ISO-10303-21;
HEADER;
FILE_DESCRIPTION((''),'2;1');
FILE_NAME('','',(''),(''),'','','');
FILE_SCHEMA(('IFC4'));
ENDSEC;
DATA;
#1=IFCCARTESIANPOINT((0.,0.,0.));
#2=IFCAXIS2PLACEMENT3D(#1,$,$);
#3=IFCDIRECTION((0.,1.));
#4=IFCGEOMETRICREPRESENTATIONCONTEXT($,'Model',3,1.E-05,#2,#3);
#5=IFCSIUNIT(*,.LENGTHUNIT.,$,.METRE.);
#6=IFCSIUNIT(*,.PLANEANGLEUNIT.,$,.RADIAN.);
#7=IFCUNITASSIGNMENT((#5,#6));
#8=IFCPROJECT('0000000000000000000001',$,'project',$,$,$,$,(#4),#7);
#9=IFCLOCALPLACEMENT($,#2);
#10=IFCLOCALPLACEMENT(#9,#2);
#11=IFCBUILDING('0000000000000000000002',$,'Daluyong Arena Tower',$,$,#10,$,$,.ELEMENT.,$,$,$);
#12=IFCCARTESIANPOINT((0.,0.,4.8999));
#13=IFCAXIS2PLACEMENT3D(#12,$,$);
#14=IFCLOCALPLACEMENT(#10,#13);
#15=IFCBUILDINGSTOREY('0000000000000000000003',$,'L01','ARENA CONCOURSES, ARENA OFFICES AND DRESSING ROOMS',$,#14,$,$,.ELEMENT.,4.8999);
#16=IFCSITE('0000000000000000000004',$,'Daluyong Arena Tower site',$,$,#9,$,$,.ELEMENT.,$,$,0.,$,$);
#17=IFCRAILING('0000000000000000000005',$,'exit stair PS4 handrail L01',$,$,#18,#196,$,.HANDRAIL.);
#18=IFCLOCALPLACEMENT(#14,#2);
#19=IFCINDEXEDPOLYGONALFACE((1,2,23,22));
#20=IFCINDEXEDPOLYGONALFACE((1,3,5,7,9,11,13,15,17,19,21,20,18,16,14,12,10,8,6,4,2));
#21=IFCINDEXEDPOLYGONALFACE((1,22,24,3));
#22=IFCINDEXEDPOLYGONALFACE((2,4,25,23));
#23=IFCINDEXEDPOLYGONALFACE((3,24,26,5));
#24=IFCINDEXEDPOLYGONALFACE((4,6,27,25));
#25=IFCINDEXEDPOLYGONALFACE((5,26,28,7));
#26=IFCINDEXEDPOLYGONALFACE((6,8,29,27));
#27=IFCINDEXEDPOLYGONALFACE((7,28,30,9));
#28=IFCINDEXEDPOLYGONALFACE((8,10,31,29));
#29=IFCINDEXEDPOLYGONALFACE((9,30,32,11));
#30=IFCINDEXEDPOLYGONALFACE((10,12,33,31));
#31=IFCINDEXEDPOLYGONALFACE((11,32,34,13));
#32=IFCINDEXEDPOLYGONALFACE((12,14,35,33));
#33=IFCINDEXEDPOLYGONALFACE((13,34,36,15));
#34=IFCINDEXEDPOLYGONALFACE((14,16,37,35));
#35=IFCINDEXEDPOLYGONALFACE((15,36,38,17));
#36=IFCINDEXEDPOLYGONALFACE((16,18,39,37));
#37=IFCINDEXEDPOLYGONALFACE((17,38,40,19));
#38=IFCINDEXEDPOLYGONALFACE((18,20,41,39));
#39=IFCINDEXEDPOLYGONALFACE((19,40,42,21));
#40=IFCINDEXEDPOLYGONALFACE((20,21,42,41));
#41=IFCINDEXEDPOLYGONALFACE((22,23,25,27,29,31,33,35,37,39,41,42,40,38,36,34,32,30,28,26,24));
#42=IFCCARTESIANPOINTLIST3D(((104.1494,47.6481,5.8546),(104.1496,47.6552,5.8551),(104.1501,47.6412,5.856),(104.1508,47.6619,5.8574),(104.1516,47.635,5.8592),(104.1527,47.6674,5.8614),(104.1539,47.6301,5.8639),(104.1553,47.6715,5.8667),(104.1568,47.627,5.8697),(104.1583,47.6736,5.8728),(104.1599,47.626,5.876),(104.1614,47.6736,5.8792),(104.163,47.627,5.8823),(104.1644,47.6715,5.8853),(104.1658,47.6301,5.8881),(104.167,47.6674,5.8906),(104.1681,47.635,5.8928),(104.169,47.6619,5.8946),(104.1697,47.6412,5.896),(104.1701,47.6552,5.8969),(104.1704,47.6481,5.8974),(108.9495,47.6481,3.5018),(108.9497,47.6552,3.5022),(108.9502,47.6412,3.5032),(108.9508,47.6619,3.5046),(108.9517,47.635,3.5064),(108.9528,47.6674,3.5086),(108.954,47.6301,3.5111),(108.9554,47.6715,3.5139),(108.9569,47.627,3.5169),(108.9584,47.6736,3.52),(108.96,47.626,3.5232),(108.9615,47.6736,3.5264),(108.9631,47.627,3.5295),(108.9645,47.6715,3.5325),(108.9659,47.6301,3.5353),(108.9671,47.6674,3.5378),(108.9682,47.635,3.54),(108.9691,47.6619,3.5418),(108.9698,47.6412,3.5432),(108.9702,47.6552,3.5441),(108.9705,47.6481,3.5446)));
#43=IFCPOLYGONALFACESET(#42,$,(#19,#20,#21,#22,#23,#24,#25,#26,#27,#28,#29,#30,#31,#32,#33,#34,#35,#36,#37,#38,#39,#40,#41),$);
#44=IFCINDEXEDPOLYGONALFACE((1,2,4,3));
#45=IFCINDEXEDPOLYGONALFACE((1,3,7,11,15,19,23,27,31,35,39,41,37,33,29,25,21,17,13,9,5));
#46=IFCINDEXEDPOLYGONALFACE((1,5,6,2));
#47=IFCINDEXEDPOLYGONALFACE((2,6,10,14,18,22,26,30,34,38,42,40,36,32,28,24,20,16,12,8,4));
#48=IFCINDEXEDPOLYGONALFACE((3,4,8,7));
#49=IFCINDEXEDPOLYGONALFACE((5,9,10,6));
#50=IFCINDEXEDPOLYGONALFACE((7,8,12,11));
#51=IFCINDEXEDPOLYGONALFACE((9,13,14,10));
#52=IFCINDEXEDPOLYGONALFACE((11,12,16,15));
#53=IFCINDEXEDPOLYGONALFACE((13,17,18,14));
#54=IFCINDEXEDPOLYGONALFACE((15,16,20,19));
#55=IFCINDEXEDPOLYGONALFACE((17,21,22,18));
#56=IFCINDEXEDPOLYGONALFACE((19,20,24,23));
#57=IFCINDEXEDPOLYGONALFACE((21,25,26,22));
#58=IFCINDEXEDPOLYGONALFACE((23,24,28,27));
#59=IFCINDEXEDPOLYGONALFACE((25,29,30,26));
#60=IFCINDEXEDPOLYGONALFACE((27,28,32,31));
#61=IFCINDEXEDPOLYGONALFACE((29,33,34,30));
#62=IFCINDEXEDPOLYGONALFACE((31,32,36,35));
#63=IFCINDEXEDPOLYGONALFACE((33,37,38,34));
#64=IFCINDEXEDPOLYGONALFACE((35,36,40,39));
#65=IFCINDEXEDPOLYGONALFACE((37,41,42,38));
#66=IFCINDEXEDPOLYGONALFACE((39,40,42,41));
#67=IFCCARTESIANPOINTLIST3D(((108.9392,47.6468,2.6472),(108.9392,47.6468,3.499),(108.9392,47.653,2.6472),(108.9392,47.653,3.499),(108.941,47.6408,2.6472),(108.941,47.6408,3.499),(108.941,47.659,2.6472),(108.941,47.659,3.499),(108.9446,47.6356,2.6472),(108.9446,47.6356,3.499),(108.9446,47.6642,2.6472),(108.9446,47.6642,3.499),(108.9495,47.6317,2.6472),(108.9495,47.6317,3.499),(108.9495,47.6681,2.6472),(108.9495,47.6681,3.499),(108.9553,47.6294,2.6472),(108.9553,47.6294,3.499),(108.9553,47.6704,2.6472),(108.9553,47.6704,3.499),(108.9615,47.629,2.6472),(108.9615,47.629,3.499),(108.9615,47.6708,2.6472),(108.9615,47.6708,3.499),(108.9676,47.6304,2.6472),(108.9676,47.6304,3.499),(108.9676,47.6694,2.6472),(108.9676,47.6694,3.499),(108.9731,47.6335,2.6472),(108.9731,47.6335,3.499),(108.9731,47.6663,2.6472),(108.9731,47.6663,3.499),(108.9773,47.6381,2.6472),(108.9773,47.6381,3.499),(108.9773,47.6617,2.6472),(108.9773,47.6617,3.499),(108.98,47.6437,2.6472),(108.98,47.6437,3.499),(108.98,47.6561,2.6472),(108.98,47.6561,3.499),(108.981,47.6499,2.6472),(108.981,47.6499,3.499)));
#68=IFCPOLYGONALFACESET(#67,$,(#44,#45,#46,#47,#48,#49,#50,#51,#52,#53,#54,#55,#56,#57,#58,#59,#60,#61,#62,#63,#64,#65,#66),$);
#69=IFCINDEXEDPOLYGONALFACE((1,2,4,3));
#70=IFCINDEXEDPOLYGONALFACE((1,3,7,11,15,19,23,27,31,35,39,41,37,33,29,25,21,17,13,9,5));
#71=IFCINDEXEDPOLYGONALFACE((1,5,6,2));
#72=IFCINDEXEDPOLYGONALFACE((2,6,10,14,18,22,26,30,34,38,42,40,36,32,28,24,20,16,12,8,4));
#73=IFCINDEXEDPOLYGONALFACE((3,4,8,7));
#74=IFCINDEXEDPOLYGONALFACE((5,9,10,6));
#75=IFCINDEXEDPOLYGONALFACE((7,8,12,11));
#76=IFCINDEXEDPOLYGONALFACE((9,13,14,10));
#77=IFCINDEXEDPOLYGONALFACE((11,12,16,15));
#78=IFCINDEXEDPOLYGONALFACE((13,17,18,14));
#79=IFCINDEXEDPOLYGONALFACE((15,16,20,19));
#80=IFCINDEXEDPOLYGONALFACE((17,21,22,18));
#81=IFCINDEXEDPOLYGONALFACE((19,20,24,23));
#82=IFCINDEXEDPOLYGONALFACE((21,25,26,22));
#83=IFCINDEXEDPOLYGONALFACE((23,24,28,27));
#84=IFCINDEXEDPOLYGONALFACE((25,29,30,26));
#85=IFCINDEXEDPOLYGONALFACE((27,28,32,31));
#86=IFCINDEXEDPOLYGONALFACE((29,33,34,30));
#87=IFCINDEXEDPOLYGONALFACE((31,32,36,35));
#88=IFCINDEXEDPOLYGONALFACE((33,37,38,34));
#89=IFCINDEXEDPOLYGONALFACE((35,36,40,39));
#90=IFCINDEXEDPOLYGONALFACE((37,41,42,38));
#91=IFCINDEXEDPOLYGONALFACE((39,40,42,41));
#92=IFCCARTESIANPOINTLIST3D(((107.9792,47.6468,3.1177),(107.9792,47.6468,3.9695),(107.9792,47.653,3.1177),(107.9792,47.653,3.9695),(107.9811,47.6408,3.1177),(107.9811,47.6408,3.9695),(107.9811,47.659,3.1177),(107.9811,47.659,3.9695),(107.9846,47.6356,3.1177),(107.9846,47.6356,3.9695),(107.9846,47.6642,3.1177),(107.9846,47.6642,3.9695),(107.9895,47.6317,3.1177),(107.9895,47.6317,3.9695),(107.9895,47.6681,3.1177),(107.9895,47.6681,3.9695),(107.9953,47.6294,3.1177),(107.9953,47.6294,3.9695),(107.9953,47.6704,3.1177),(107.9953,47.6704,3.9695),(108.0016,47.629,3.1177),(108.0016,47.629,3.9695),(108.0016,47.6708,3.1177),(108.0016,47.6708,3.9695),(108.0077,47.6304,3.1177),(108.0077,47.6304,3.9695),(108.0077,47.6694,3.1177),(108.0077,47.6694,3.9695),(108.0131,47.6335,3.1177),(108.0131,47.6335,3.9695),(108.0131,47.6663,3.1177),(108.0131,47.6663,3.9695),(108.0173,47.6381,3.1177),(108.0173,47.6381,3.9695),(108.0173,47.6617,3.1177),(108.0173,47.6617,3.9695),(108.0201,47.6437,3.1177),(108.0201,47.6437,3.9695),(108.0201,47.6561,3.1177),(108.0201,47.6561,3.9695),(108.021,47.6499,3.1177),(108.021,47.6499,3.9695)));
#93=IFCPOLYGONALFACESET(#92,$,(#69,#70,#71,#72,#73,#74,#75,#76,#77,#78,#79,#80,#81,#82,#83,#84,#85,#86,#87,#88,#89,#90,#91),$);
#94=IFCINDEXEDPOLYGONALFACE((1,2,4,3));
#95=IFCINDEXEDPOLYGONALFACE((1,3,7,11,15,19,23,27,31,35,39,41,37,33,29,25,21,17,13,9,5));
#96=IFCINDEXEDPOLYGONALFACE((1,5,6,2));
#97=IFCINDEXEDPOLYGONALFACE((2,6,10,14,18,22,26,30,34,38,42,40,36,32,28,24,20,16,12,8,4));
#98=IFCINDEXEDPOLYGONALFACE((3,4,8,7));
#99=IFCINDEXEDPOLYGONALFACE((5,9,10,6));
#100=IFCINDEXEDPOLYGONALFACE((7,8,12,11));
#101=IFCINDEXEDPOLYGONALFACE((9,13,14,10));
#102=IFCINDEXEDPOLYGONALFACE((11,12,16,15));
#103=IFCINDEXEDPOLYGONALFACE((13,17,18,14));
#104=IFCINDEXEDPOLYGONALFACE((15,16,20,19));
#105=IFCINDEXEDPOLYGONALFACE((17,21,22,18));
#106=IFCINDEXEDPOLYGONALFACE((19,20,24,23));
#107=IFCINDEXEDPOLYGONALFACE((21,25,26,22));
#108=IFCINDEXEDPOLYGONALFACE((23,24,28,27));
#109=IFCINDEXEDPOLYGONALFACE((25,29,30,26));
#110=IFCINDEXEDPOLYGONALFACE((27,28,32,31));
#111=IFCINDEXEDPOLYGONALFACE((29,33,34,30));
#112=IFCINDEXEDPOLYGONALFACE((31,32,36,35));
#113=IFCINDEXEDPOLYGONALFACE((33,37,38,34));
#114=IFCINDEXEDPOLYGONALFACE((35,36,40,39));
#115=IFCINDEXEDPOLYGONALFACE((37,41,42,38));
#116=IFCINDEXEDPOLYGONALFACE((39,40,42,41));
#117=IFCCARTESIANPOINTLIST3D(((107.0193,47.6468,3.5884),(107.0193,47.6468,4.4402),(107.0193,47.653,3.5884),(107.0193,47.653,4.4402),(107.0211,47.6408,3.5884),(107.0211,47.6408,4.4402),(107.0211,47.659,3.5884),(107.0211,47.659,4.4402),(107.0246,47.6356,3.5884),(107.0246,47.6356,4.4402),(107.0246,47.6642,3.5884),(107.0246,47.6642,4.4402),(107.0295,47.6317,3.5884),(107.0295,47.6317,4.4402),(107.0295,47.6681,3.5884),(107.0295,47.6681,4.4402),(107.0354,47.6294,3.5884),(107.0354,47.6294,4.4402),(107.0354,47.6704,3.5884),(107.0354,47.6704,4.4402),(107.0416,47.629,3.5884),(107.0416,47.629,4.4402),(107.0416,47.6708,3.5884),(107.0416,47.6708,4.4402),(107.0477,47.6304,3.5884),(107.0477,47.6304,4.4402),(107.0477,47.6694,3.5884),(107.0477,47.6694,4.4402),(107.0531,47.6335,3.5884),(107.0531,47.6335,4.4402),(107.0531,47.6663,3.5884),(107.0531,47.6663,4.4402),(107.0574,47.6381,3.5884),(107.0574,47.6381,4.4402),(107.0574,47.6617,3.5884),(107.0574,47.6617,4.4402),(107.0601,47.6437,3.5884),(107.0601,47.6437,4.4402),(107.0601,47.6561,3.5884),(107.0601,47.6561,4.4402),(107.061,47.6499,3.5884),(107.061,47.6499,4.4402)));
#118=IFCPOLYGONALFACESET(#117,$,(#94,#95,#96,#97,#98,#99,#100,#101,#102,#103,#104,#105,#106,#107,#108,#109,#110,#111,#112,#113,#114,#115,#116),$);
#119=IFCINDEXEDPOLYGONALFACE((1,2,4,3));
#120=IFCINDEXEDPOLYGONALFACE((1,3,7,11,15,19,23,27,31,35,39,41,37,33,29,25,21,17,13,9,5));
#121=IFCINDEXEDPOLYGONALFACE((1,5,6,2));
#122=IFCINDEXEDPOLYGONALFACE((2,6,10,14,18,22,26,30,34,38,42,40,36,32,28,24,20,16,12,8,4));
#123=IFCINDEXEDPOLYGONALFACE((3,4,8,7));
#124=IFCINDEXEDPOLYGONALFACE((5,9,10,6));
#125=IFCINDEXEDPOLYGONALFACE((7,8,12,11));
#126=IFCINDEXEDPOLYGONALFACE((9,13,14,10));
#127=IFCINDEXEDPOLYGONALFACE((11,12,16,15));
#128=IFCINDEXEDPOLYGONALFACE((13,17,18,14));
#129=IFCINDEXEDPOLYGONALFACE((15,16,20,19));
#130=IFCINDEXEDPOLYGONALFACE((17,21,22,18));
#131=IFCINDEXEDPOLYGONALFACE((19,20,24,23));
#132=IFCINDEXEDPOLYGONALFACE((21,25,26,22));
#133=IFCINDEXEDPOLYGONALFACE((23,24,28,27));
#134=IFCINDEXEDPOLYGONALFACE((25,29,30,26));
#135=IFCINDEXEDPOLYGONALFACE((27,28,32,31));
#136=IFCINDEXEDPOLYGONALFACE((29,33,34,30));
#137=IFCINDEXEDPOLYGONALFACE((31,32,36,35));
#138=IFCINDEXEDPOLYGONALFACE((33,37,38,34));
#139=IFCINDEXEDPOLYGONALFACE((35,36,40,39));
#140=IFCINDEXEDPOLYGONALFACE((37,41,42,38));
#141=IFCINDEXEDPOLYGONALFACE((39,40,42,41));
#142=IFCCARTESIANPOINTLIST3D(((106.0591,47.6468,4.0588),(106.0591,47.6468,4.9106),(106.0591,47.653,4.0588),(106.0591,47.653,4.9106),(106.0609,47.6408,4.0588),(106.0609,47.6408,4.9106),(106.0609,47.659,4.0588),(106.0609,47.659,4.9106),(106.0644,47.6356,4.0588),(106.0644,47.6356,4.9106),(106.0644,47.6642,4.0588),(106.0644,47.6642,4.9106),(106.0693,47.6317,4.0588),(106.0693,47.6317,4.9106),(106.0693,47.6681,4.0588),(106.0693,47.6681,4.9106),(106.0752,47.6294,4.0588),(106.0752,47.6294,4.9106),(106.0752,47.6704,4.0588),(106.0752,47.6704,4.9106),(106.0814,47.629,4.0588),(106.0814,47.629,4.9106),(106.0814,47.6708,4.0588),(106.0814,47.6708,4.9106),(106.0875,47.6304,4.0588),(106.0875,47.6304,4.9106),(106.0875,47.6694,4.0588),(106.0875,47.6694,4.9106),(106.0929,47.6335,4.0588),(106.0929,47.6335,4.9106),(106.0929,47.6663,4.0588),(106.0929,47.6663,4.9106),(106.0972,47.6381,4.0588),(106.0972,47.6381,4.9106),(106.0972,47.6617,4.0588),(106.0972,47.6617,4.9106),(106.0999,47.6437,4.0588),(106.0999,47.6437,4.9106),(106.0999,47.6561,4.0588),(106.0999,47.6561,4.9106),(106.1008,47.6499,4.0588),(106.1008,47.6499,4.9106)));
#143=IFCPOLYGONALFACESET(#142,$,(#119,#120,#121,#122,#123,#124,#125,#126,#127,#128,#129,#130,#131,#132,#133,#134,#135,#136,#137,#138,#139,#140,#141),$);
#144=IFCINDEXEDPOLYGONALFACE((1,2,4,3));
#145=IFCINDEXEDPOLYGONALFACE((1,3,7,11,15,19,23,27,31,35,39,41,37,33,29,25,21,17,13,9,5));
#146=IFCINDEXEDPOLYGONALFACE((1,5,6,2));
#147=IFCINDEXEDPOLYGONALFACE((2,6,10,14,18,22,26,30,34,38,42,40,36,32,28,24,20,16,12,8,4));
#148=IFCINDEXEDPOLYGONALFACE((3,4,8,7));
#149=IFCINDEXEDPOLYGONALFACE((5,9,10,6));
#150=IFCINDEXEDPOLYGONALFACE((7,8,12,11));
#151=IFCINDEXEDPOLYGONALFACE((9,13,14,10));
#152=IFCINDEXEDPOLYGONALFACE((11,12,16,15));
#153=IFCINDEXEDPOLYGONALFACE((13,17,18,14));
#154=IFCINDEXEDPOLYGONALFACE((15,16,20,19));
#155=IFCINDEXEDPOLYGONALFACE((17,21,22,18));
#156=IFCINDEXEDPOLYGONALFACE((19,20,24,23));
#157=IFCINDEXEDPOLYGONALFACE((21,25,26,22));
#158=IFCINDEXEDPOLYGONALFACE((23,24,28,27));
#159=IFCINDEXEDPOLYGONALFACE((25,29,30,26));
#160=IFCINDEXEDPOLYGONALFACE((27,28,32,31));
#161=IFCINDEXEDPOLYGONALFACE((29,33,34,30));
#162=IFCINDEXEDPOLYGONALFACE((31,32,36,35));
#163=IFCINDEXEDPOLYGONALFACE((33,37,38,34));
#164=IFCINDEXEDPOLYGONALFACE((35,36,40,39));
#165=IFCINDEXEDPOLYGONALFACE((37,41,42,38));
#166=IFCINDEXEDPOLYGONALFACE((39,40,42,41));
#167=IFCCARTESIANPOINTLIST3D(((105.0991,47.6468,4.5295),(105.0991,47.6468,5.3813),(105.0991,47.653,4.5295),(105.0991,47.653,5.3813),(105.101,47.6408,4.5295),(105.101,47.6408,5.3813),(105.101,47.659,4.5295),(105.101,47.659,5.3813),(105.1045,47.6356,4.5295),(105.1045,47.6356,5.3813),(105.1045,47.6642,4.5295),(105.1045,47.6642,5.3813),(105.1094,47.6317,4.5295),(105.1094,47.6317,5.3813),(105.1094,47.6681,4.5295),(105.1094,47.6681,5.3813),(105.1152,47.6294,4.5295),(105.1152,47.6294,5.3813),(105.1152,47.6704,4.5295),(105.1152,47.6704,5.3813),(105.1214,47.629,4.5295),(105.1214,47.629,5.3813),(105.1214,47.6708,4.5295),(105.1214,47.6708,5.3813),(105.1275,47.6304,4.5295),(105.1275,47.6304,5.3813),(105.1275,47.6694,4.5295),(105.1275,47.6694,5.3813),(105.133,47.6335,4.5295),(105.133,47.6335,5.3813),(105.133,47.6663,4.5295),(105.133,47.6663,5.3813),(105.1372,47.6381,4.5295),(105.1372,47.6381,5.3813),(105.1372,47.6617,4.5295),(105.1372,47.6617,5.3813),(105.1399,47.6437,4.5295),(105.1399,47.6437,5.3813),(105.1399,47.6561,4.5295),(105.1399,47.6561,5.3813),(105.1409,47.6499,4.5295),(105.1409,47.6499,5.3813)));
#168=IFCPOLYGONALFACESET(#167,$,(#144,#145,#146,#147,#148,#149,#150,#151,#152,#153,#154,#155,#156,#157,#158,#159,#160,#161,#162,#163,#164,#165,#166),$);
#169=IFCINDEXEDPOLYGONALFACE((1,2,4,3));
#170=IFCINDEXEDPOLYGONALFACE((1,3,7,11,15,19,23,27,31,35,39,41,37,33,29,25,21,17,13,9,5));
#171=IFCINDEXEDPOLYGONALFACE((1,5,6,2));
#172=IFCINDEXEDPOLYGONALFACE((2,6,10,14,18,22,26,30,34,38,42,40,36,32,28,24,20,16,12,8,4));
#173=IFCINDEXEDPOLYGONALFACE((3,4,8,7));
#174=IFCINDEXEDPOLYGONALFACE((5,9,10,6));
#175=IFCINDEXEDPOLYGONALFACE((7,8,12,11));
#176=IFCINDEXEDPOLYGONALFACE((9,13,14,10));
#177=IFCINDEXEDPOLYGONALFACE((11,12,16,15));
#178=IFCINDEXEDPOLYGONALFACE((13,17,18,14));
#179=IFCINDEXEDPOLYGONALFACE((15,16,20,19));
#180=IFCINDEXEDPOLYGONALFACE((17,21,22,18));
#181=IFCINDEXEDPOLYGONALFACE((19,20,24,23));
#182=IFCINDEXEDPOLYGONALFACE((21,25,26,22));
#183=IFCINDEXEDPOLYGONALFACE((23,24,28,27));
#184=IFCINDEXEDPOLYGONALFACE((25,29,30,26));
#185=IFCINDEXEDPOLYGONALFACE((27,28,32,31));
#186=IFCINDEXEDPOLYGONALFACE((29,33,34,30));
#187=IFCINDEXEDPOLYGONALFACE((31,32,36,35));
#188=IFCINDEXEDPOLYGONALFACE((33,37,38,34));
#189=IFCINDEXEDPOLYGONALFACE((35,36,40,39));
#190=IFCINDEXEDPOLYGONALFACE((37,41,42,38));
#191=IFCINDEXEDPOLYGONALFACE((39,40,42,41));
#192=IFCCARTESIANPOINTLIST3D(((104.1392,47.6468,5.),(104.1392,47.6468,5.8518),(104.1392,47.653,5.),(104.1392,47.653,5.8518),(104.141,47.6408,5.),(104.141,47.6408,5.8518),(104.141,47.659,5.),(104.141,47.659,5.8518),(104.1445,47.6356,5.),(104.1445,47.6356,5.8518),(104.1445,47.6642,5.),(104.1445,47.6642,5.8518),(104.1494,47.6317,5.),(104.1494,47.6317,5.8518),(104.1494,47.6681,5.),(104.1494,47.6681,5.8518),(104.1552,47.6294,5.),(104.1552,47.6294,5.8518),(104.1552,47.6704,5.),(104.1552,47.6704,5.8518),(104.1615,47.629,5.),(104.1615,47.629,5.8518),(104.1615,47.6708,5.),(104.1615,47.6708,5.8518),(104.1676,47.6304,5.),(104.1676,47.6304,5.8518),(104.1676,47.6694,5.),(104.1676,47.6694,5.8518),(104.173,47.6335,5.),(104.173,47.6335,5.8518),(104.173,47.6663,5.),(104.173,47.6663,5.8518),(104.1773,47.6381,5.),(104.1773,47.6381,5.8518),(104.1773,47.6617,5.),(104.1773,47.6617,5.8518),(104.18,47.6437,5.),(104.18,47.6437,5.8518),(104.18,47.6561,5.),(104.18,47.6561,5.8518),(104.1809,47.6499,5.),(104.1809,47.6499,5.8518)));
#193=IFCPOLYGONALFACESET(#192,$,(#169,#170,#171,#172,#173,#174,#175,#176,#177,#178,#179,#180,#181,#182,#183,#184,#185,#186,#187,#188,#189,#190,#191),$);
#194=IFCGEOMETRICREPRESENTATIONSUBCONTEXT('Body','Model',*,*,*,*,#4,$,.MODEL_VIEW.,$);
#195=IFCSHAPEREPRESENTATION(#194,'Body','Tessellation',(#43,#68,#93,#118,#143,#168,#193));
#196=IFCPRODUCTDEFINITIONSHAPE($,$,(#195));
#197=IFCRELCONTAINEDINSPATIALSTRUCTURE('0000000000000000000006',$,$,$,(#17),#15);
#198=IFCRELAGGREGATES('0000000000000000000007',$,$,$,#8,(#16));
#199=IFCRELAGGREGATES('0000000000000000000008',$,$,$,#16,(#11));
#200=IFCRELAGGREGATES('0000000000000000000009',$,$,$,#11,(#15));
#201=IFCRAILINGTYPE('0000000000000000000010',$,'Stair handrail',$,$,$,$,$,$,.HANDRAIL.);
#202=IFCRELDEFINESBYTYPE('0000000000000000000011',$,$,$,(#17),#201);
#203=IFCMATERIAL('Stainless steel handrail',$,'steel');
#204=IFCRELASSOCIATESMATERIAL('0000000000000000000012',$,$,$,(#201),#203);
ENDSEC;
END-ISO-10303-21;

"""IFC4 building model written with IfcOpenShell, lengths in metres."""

from ifc_helpers import new_model, si_unit, direction, frame, origin, origin_2d, place, context, subcontext, project, spatial, circle, extrude, material, type_object, element, save


model = new_model("IFC4")

# Units and contexts
model_context = context("Model", 3, precision=1e-05, world=origin(), true_north=direction((0.0, 1.0)))
body_context = subcontext(model_context, "Body", "Model", "MODEL_VIEW")
ifc_project = project(units=[si_unit("LENGTHUNIT", "METRE"), si_unit("PLANEANGLEUNIT", "RADIAN")], contexts=[model_context])

# Site, building, storey
site_placement = place(None, origin())
site = spatial("IfcSite", under=ifc_project, at=site_placement, Name="Daluyong Arena Tower site", CompositionType="ELEMENT", RefElevation=0.0)
building_placement = place(site_placement, origin())
building = spatial("IfcBuilding", under=site, at=building_placement, Name="Daluyong Arena Tower", CompositionType="ELEMENT")
storey_placement = place(building_placement, frame((0.0, 0.0, 4.8999)))
storey = spatial("IfcBuildingStorey", under=building, at=storey_placement, Name="L01", Description="ARENA CONCOURSES, ARENA OFFICES AND DRESSING ROOMS", CompositionType="ELEMENT", Elevation=4.8999)

# Railing
ifc_material_1 = material(Name="Stainless steel handrail", Category="steel")
railing_type_1 = type_object("IfcRailingType", Name="Stair handrail", PredefinedType="HANDRAIL", material=ifc_material_1)
railing_1_placement = place(storey_placement, frame((108.96, 47.6499, 2.6472)))
element("IfcRailing", 1, at=railing_1_placement, inside=storey, type_object=railing_type_1, Name="exit stair PS4 handrail L01", PredefinedType="HANDRAIL", context=body_context, shape_type="SweptSolid", body=[
    extrude(circle(Radius=0.0239, at=origin_2d()), frame((0.0, 0.0, 0.876), z_axis=(-0.897934, 0.0, 0.44013), x_axis=(0.0, -1.0, 0.0)), (0.0, 0.0, 1.0), 5.3457),
    extrude(circle(Radius=0.021, at=origin_2d()), origin(), (0.0, 0.0, 1.0), 0.8518),
    extrude(circle(Radius=0.021, at=origin_2d()), frame((-0.96, 0.0, 0.4705)), (0.0, 0.0, 1.0), 0.8518),
    extrude(circle(Radius=0.021, at=origin_2d()), frame((-1.9199, 0.0, 0.9412)), (0.0, 0.0, 1.0), 0.8518),
    extrude(circle(Radius=0.021, at=origin_2d()), frame((-2.8801, 0.0, 1.4116)), (0.0, 0.0, 1.0), 0.8518),
    extrude(circle(Radius=0.021, at=origin_2d()), frame((-3.8401, 0.0, 1.8823)), (0.0, 0.0, 1.0), 0.8518),
    extrude(circle(Radius=0.021, at=origin_2d()), frame((-4.8, 0.0, 2.3528)), (0.0, 0.0, 1.0), 0.8518),
])

save(model, "model.ifc")
